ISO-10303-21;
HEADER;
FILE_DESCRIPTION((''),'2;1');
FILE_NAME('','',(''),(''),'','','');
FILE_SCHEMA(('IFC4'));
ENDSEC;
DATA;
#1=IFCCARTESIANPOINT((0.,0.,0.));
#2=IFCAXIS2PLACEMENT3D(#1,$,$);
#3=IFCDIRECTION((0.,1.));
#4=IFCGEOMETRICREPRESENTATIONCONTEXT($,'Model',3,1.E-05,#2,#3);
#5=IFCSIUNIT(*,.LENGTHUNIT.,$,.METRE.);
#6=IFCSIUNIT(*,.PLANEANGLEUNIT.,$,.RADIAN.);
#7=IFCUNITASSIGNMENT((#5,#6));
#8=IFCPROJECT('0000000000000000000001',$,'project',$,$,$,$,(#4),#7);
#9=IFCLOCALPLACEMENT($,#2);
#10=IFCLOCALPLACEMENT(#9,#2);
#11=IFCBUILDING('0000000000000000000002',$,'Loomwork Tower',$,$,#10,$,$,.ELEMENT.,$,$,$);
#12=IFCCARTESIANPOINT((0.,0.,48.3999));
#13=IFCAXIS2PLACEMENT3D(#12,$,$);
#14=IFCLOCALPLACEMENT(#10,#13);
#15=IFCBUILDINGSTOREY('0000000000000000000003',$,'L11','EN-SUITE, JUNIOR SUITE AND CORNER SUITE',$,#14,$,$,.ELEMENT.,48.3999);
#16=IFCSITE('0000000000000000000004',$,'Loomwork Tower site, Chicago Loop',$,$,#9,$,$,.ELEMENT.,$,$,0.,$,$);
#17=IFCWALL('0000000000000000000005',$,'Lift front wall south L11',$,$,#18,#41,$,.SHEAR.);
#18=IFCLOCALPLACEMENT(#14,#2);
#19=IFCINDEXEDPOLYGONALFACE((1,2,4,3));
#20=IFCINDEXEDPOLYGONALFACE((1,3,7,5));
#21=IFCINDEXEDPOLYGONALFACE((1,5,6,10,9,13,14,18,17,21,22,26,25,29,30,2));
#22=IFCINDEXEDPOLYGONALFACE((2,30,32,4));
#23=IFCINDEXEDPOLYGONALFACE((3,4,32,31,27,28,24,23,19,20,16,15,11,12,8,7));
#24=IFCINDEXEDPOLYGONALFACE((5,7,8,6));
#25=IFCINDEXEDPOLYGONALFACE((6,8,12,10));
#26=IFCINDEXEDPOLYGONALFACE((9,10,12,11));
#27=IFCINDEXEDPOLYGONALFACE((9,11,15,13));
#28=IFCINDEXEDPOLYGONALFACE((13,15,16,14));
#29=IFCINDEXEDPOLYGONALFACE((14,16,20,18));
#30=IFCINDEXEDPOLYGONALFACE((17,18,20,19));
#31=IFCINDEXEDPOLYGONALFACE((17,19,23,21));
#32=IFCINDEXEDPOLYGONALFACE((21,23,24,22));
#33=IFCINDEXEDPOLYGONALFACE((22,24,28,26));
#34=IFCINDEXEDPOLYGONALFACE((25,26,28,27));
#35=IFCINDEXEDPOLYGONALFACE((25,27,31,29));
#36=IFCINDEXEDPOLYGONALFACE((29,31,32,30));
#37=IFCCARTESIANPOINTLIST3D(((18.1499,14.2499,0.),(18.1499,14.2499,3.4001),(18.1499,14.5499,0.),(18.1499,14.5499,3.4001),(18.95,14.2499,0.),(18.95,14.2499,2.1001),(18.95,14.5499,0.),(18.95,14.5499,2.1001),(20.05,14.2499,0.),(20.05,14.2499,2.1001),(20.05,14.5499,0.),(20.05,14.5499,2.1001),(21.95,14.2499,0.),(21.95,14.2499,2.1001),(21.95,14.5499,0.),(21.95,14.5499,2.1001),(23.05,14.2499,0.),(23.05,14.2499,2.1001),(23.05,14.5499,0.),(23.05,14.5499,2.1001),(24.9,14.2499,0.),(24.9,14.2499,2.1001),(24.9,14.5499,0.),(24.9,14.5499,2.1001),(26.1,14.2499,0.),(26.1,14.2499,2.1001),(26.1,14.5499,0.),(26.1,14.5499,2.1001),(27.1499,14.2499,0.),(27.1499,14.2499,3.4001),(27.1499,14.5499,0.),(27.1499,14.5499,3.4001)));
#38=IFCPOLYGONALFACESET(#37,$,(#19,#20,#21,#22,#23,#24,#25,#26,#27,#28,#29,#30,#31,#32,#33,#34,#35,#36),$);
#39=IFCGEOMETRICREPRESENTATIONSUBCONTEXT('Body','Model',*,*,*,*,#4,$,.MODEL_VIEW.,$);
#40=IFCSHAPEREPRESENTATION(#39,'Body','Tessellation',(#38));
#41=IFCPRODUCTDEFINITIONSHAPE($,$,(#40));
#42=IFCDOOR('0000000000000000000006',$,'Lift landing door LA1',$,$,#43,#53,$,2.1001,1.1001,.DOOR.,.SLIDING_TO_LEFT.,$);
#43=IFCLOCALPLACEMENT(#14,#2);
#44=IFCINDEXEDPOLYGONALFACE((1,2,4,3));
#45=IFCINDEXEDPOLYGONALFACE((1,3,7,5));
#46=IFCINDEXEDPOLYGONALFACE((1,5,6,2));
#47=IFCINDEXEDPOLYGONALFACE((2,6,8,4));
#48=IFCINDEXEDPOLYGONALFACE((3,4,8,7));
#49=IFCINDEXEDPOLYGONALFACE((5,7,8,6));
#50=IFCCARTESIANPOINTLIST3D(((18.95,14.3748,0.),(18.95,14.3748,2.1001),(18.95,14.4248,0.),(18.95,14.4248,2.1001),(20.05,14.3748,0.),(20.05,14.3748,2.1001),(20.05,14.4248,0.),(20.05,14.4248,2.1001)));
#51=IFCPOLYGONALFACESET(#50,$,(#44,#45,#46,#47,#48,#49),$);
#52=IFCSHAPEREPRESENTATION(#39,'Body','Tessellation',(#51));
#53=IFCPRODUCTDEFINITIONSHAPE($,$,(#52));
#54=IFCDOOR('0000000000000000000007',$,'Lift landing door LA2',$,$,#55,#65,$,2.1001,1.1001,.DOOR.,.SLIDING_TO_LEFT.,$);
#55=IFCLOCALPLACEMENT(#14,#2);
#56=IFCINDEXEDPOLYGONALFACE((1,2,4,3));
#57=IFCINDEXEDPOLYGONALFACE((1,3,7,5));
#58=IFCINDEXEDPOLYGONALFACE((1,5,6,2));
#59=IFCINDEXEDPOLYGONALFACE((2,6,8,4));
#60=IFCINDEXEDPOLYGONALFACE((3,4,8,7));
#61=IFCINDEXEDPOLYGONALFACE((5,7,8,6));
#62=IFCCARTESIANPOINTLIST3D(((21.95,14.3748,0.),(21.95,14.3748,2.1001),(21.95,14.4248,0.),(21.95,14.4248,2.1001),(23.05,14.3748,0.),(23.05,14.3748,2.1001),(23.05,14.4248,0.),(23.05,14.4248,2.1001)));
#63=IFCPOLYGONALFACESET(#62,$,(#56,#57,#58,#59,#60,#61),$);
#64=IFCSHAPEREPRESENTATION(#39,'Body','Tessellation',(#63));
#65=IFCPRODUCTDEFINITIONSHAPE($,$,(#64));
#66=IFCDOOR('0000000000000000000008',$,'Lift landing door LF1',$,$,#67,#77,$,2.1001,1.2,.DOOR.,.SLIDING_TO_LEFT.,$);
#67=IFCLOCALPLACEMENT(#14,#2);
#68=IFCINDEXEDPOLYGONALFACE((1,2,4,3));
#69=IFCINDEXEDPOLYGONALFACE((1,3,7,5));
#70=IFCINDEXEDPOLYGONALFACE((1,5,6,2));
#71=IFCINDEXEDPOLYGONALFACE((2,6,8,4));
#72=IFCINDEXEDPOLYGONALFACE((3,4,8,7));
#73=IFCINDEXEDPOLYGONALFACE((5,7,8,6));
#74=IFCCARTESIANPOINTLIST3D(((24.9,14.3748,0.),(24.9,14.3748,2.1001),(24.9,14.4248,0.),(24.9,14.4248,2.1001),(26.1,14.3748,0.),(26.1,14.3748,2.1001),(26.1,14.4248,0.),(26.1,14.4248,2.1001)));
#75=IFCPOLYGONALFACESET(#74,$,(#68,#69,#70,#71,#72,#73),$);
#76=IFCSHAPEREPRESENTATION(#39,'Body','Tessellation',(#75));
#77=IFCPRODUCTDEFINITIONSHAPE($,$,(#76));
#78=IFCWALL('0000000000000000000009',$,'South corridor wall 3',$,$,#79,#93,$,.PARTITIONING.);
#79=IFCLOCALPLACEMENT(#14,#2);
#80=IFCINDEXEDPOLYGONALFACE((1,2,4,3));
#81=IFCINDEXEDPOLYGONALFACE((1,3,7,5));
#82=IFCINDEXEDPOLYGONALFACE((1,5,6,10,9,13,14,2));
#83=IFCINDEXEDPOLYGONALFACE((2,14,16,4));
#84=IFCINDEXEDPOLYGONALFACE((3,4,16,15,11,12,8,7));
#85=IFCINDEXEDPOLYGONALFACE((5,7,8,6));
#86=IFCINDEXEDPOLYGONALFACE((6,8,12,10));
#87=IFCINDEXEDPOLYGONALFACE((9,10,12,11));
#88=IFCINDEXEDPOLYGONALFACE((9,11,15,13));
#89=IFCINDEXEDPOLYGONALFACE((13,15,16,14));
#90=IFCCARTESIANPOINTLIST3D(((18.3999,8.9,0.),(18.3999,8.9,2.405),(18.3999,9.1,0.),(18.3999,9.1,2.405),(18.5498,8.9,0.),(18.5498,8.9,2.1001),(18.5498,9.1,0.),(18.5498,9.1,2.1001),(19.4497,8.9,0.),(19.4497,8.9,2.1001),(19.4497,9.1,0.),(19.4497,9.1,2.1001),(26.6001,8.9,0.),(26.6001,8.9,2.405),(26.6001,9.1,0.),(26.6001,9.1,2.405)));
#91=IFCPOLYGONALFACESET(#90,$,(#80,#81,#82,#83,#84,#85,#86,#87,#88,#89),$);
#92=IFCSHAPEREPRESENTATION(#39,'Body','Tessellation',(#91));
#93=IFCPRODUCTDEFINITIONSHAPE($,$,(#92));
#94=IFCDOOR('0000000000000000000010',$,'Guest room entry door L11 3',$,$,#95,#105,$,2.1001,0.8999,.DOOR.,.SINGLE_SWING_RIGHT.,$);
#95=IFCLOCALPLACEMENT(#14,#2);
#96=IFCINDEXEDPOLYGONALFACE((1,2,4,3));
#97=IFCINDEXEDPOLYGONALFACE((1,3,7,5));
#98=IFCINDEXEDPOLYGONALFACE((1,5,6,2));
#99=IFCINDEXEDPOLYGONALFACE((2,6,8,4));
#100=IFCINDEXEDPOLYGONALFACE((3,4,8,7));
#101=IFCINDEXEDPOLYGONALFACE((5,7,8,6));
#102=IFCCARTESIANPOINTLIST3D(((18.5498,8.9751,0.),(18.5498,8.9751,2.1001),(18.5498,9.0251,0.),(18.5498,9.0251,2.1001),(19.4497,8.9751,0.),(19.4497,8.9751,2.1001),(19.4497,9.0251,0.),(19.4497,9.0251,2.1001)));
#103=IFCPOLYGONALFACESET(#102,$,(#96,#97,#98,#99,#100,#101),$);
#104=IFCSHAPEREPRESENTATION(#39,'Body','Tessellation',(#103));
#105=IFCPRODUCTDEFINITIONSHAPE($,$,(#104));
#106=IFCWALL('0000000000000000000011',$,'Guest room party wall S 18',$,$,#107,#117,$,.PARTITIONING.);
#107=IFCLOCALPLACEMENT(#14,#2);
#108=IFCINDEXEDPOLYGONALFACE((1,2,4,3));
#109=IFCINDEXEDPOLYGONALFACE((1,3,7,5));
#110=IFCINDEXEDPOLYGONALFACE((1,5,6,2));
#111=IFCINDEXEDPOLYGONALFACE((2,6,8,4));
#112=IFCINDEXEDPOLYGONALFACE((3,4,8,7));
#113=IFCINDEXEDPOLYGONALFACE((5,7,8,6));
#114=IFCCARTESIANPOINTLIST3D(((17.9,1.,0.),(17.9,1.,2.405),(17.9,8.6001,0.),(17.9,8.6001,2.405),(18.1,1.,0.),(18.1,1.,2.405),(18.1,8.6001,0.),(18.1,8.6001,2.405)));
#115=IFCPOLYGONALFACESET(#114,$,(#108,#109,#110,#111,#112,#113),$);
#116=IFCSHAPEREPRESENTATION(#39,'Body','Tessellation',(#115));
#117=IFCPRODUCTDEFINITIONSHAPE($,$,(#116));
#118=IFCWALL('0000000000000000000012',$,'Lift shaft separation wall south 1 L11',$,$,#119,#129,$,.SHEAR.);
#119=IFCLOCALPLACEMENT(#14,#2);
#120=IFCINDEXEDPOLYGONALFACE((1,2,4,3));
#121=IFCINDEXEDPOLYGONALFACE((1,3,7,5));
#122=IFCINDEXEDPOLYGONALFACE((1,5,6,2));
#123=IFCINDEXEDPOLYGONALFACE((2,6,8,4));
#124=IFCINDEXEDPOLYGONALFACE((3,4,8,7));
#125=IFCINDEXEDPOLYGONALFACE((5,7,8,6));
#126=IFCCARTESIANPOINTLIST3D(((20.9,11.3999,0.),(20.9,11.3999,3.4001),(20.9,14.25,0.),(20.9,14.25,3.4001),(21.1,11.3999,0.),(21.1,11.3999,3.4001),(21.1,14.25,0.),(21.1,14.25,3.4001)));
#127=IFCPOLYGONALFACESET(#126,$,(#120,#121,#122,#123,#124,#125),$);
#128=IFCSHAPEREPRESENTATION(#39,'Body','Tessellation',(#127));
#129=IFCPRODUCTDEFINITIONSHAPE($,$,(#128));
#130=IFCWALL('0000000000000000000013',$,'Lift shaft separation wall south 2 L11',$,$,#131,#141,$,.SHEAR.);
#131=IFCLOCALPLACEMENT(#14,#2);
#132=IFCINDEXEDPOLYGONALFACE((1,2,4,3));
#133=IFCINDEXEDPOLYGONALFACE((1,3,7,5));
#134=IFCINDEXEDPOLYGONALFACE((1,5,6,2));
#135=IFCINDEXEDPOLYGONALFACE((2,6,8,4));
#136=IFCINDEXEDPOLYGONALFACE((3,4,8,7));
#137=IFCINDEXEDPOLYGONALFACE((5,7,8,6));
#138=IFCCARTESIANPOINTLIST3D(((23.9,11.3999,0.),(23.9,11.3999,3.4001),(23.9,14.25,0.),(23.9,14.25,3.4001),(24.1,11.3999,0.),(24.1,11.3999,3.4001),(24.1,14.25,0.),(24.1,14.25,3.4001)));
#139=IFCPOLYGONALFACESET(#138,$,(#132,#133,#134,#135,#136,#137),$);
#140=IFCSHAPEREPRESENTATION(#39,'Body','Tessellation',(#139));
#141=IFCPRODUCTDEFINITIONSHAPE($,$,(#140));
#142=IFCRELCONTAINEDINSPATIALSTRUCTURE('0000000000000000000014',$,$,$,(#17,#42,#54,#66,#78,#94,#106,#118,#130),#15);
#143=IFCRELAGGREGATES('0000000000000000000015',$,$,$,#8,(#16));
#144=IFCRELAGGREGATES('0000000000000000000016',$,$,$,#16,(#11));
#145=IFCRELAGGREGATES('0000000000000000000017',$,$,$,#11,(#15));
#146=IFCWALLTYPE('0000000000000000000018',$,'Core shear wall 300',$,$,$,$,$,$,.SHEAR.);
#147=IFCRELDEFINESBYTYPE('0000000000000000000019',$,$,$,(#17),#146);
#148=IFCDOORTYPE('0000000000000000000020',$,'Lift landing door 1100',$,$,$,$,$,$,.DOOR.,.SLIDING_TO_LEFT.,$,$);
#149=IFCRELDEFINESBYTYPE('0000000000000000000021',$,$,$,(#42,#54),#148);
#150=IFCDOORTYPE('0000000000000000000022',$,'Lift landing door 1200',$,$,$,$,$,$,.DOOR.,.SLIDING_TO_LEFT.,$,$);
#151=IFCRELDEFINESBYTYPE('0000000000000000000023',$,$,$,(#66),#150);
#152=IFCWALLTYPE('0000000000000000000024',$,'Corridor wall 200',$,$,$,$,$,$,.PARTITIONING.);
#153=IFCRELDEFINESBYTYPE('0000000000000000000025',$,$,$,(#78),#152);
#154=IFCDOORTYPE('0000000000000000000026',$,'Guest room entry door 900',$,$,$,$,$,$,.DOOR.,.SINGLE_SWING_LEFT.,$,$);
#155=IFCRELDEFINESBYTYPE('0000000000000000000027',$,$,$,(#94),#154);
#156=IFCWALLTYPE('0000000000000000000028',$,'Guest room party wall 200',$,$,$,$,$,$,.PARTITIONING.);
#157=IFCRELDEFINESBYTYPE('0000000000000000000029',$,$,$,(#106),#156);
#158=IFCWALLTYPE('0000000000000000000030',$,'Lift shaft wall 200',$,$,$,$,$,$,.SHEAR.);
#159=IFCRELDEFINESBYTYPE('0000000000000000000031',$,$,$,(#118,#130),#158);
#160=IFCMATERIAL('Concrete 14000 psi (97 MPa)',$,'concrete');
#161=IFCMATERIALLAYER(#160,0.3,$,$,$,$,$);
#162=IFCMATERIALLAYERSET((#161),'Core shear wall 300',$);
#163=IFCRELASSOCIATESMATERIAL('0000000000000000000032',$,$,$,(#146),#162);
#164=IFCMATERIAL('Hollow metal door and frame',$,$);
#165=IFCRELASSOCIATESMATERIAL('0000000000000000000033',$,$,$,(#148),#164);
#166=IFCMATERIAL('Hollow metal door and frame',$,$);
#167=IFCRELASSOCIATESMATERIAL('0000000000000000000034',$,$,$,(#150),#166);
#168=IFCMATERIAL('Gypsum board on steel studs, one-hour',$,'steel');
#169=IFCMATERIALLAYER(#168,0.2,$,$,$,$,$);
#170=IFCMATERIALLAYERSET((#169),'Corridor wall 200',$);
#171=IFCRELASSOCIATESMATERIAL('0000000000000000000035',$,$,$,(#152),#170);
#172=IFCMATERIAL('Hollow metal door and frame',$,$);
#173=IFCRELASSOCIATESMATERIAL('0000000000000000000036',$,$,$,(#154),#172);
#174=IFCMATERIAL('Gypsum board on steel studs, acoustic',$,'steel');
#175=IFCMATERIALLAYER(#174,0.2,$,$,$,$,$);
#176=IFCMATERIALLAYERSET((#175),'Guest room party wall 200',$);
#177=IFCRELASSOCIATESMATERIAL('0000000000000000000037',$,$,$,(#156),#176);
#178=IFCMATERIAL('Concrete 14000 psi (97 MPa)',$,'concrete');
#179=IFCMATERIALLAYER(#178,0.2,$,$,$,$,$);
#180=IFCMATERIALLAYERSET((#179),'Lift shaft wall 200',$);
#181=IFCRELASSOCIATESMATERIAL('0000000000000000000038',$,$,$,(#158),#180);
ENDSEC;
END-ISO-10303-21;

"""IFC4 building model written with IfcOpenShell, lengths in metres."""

from ifc_helpers import new_model, si_unit, direction, frame, frame_2d, origin, place, context, subcontext, project, spatial, rectangle, extrude, material, layer, layer_set, type_object, element, fill, save


model = new_model("IFC4")

# Units and contexts
model_context = context("Model", 3, precision=1e-05, world=origin(), true_north=direction((0.0, 1.0)))
body_context = subcontext(model_context, "Body", "Model", "MODEL_VIEW")
ifc_project = project(units=[si_unit("LENGTHUNIT", "METRE"), si_unit("PLANEANGLEUNIT", "RADIAN")], contexts=[model_context])

# Site, building, storey
site_placement = place(None, origin())
site = spatial("IfcSite", under=ifc_project, at=site_placement, Name="Loomwork Tower site, Chicago Loop", CompositionType="ELEMENT", RefElevation=0.0)
building_placement = place(site_placement, origin())
building = spatial("IfcBuilding", under=site, at=building_placement, Name="Loomwork Tower", CompositionType="ELEMENT")
storey_placement = place(building_placement, frame((0.0, 0.0, 48.3999)))
storey = spatial("IfcBuildingStorey", under=building, at=storey_placement, Name="L11", Description="EN-SUITE, JUNIOR SUITE AND CORNER SUITE", CompositionType="ELEMENT", Elevation=48.3999)

# Wall, openings, doors
ifc_material_1 = material(Name="Concrete 14000 psi (97 MPa)", Category="concrete")
ifc_layer_1 = layer(ifc_material_1, 0.3)
ifc_layer_set_1 = layer_set([ifc_layer_1], Name="Core shear wall 300")
wall_type_1 = type_object("IfcWallType", Name="Core shear wall 300", PredefinedType="SHEAR", material=ifc_layer_set_1)
wall_1_placement = place(storey_placement, frame((18.1499, 14.3999, 0.0), z_axis=(0.0, 0.0, 1.0), x_axis=(1.0, 0.0, 0.0)))
wall_1 = element("IfcWall", 1, at=wall_1_placement, inside=storey, type_object=wall_type_1, Name="Lift front wall south L11", PredefinedType="SHEAR", context=body_context, shape_type="SweptSolid", body=[
    extrude(rectangle(XDim=9.0, YDim=0.3, at=frame_2d((4.5, 0.0))), origin(), (0.0, 0.0, 1.0), 3.4001),
])
opening_1_placement = place(wall_1_placement, frame((0.8, 0.0, 0.0)))
opening_1 = element("IfcOpeningElement", 2, at=opening_1_placement, cuts=wall_1, PredefinedType="OPENING", context=body_context, shape_type="SweptSolid", body=[
    extrude(rectangle(XDim=1.1001, YDim=2.1001, at=frame_2d((0.55, 1.05))), frame((0.0, 0.1599, 0.0), z_axis=(0.0, -1.0, 0.0), x_axis=(1.0, 0.0, 0.0)), (0.0, 0.0, 1.0), 0.3201),
])
opening_2_placement = place(wall_1_placement, frame((3.8, 0.0, 0.0)))
opening_2 = element("IfcOpeningElement", 3, at=opening_2_placement, cuts=wall_1, PredefinedType="OPENING", context=body_context, shape_type="SweptSolid", body=[
    extrude(rectangle(XDim=1.1001, YDim=2.1001, at=frame_2d((0.55, 1.05))), frame((0.0, 0.1599, 0.0), z_axis=(0.0, -1.0, 0.0), x_axis=(1.0, 0.0, 0.0)), (0.0, 0.0, 1.0), 0.3201),
])
opening_3_placement = place(wall_1_placement, frame((6.75, 0.0, 0.0)))
opening_3 = element("IfcOpeningElement", 4, at=opening_3_placement, cuts=wall_1, PredefinedType="OPENING", context=body_context, shape_type="SweptSolid", body=[
    extrude(rectangle(XDim=1.2, YDim=2.1001, at=frame_2d((0.6001, 1.05))), frame((0.0, 0.1599, 0.0), z_axis=(0.0, -1.0, 0.0), x_axis=(1.0, 0.0, 0.0)), (0.0, 0.0, 1.0), 0.3201),
])
ifc_material_2 = material(Name="Hollow metal door and frame")
door_type_1 = type_object("IfcDoorType", Name="Lift landing door 1100", OperationType="SLIDING_TO_LEFT", PredefinedType="DOOR", material=ifc_material_2)
door_1_placement = place(opening_1_placement, origin())
door_1 = element("IfcDoor", 5, at=door_1_placement, inside=storey, type_object=door_type_1, Name="Lift landing door LA1", OperationType="SLIDING_TO_LEFT", OverallHeight=2.1001, OverallWidth=1.1001, PredefinedType="DOOR", context=body_context, shape_type="SweptSolid", body=[
    extrude(rectangle(XDim=1.1001, YDim=2.1001, at=frame_2d((0.55, 1.05))), frame((0.0, 0.0249, 0.0), z_axis=(0.0, -1.0, 0.0), x_axis=(1.0, 0.0, 0.0)), (0.0, 0.0, 1.0), 0.05),
])
fill(opening_1, door_1)
door_2_placement = place(opening_2_placement, origin())
door_2 = element("IfcDoor", 6, at=door_2_placement, inside=storey, type_object=door_type_1, Name="Lift landing door LA2", OperationType="SLIDING_TO_LEFT", OverallHeight=2.1001, OverallWidth=1.1001, PredefinedType="DOOR", context=body_context, shape_type="SweptSolid", body=[
    extrude(rectangle(XDim=1.1001, YDim=2.1001, at=frame_2d((0.55, 1.05))), frame((0.0, 0.0249, 0.0), z_axis=(0.0, -1.0, 0.0), x_axis=(1.0, 0.0, 0.0)), (0.0, 0.0, 1.0), 0.05),
])
fill(opening_2, door_2)
ifc_material_3 = material(Name="Hollow metal door and frame")
door_type_2 = type_object("IfcDoorType", Name="Lift landing door 1200", OperationType="SLIDING_TO_LEFT", PredefinedType="DOOR", material=ifc_material_3)
door_3_placement = place(opening_3_placement, origin())
door_3 = element("IfcDoor", 7, at=door_3_placement, inside=storey, type_object=door_type_2, Name="Lift landing door LF1", OperationType="SLIDING_TO_LEFT", OverallHeight=2.1001, OverallWidth=1.2, PredefinedType="DOOR", context=body_context, shape_type="SweptSolid", body=[
    extrude(rectangle(XDim=1.2, YDim=2.1001, at=frame_2d((0.6001, 1.05))), frame((0.0, 0.0249, 0.0), z_axis=(0.0, -1.0, 0.0), x_axis=(1.0, 0.0, 0.0)), (0.0, 0.0, 1.0), 0.05),
])
fill(opening_3, door_3)

# Wall, opening, door
ifc_material_4 = material(Name="Gypsum board on steel studs, one-hour", Category="steel")
ifc_layer_2 = layer(ifc_material_4, 0.2)
ifc_layer_set_2 = layer_set([ifc_layer_2], Name="Corridor wall 200")
wall_type_2 = type_object("IfcWallType", Name="Corridor wall 200", PredefinedType="PARTITIONING", material=ifc_layer_set_2)
wall_2_placement = place(storey_placement, frame((18.3999, 9.0, 0.0), z_axis=(0.0, 0.0, 1.0), x_axis=(1.0, 0.0, 0.0)))
wall_2 = element("IfcWall", 8, at=wall_2_placement, inside=storey, type_object=wall_type_2, Name="South corridor wall 3", PredefinedType="PARTITIONING", context=body_context, shape_type="SweptSolid", body=[
    extrude(rectangle(XDim=8.2002, YDim=0.2, at=frame_2d((4.1001, 0.0))), origin(), (0.0, 0.0, 1.0), 2.405),
])
opening_4_placement = place(wall_2_placement, frame((0.1499, 0.0, 0.0)))
opening_4 = element("IfcOpeningElement", 9, at=opening_4_placement, cuts=wall_2, PredefinedType="OPENING", context=body_context, shape_type="SweptSolid", body=[
    extrude(rectangle(XDim=0.8999, YDim=2.1001, at=frame_2d((0.45, 1.05))), frame((0.0, 0.1099, 0.0), z_axis=(0.0, -1.0, 0.0), x_axis=(1.0, 0.0, 0.0)), (0.0, 0.0, 1.0), 0.22),
])
ifc_material_5 = material(Name="Hollow metal door and frame")
door_type_3 = type_object("IfcDoorType", Name="Guest room entry door 900", OperationType="SINGLE_SWING_LEFT", PredefinedType="DOOR", material=ifc_material_5)
door_4_placement = place(opening_4_placement, frame((0.8999, 0.0, 0.0), z_axis=(0.0, 0.0, 1.0), x_axis=(-1.0, 0.0, 0.0)))
door_4 = element("IfcDoor", 10, at=door_4_placement, inside=storey, type_object=door_type_3, Name="Guest room entry door L11 3", OperationType="SINGLE_SWING_RIGHT", OverallHeight=2.1001, OverallWidth=0.8999, PredefinedType="DOOR", context=body_context, shape_type="SweptSolid", body=[
    extrude(rectangle(XDim=0.8999, YDim=2.1001, at=frame_2d((0.45, 1.05))), frame((0.0, 0.0249, 0.0), z_axis=(0.0, -1.0, 0.0), x_axis=(1.0, 0.0, 0.0)), (0.0, 0.0, 1.0), 0.05),
])
fill(opening_4, door_4)

# Walls
ifc_material_6 = material(Name="Gypsum board on steel studs, acoustic", Category="steel")
ifc_layer_3 = layer(ifc_material_6, 0.2)
ifc_layer_set_3 = layer_set([ifc_layer_3], Name="Guest room party wall 200")
wall_type_3 = type_object("IfcWallType", Name="Guest room party wall 200", PredefinedType="PARTITIONING", material=ifc_layer_set_3)
wall_3_placement = place(storey_placement, frame((18.0, 8.6001, 0.0), z_axis=(0.0, 0.0, 1.0), x_axis=(0.0, -1.0, 0.0)))
element("IfcWall", 11, at=wall_3_placement, inside=storey, type_object=wall_type_3, Name="Guest room party wall S 18", PredefinedType="PARTITIONING", context=body_context, shape_type="SweptSolid", body=[
    extrude(rectangle(XDim=7.6001, YDim=0.2, at=frame_2d((3.8, 0.0))), origin(), (0.0, 0.0, 1.0), 2.405),
])
ifc_material_7 = material(Name="Concrete 14000 psi (97 MPa)", Category="concrete")
ifc_layer_4 = layer(ifc_material_7, 0.2)
ifc_layer_set_4 = layer_set([ifc_layer_4], Name="Lift shaft wall 200")
wall_type_4 = type_object("IfcWallType", Name="Lift shaft wall 200", PredefinedType="SHEAR", material=ifc_layer_set_4)
for number, where, z_axis, x_axis, name in (
    (12, (21.0, 11.3999, 0.0), (0.0, 0.0, 1.0), (0.0, 1.0, 0.0), "Lift shaft separation wall south 1 L11"),
    (13, (24.0, 11.3999, 0.0), (0.0, 0.0, 1.0), (0.0, 1.0, 0.0), "Lift shaft separation wall south 2 L11"),
):
    element("IfcWall", number, at=place(storey_placement, frame(where, z_axis=z_axis, x_axis=x_axis)), inside=storey, type_object=wall_type_4, Name=name, PredefinedType="SHEAR", context=body_context, shape_type="SweptSolid", body=[
        extrude(rectangle(XDim=2.8501, YDim=0.2, at=frame_2d((1.425, 0.0))), origin(), (0.0, 0.0, 1.0), 3.4001),
    ])

save(model, "model.ifc")
